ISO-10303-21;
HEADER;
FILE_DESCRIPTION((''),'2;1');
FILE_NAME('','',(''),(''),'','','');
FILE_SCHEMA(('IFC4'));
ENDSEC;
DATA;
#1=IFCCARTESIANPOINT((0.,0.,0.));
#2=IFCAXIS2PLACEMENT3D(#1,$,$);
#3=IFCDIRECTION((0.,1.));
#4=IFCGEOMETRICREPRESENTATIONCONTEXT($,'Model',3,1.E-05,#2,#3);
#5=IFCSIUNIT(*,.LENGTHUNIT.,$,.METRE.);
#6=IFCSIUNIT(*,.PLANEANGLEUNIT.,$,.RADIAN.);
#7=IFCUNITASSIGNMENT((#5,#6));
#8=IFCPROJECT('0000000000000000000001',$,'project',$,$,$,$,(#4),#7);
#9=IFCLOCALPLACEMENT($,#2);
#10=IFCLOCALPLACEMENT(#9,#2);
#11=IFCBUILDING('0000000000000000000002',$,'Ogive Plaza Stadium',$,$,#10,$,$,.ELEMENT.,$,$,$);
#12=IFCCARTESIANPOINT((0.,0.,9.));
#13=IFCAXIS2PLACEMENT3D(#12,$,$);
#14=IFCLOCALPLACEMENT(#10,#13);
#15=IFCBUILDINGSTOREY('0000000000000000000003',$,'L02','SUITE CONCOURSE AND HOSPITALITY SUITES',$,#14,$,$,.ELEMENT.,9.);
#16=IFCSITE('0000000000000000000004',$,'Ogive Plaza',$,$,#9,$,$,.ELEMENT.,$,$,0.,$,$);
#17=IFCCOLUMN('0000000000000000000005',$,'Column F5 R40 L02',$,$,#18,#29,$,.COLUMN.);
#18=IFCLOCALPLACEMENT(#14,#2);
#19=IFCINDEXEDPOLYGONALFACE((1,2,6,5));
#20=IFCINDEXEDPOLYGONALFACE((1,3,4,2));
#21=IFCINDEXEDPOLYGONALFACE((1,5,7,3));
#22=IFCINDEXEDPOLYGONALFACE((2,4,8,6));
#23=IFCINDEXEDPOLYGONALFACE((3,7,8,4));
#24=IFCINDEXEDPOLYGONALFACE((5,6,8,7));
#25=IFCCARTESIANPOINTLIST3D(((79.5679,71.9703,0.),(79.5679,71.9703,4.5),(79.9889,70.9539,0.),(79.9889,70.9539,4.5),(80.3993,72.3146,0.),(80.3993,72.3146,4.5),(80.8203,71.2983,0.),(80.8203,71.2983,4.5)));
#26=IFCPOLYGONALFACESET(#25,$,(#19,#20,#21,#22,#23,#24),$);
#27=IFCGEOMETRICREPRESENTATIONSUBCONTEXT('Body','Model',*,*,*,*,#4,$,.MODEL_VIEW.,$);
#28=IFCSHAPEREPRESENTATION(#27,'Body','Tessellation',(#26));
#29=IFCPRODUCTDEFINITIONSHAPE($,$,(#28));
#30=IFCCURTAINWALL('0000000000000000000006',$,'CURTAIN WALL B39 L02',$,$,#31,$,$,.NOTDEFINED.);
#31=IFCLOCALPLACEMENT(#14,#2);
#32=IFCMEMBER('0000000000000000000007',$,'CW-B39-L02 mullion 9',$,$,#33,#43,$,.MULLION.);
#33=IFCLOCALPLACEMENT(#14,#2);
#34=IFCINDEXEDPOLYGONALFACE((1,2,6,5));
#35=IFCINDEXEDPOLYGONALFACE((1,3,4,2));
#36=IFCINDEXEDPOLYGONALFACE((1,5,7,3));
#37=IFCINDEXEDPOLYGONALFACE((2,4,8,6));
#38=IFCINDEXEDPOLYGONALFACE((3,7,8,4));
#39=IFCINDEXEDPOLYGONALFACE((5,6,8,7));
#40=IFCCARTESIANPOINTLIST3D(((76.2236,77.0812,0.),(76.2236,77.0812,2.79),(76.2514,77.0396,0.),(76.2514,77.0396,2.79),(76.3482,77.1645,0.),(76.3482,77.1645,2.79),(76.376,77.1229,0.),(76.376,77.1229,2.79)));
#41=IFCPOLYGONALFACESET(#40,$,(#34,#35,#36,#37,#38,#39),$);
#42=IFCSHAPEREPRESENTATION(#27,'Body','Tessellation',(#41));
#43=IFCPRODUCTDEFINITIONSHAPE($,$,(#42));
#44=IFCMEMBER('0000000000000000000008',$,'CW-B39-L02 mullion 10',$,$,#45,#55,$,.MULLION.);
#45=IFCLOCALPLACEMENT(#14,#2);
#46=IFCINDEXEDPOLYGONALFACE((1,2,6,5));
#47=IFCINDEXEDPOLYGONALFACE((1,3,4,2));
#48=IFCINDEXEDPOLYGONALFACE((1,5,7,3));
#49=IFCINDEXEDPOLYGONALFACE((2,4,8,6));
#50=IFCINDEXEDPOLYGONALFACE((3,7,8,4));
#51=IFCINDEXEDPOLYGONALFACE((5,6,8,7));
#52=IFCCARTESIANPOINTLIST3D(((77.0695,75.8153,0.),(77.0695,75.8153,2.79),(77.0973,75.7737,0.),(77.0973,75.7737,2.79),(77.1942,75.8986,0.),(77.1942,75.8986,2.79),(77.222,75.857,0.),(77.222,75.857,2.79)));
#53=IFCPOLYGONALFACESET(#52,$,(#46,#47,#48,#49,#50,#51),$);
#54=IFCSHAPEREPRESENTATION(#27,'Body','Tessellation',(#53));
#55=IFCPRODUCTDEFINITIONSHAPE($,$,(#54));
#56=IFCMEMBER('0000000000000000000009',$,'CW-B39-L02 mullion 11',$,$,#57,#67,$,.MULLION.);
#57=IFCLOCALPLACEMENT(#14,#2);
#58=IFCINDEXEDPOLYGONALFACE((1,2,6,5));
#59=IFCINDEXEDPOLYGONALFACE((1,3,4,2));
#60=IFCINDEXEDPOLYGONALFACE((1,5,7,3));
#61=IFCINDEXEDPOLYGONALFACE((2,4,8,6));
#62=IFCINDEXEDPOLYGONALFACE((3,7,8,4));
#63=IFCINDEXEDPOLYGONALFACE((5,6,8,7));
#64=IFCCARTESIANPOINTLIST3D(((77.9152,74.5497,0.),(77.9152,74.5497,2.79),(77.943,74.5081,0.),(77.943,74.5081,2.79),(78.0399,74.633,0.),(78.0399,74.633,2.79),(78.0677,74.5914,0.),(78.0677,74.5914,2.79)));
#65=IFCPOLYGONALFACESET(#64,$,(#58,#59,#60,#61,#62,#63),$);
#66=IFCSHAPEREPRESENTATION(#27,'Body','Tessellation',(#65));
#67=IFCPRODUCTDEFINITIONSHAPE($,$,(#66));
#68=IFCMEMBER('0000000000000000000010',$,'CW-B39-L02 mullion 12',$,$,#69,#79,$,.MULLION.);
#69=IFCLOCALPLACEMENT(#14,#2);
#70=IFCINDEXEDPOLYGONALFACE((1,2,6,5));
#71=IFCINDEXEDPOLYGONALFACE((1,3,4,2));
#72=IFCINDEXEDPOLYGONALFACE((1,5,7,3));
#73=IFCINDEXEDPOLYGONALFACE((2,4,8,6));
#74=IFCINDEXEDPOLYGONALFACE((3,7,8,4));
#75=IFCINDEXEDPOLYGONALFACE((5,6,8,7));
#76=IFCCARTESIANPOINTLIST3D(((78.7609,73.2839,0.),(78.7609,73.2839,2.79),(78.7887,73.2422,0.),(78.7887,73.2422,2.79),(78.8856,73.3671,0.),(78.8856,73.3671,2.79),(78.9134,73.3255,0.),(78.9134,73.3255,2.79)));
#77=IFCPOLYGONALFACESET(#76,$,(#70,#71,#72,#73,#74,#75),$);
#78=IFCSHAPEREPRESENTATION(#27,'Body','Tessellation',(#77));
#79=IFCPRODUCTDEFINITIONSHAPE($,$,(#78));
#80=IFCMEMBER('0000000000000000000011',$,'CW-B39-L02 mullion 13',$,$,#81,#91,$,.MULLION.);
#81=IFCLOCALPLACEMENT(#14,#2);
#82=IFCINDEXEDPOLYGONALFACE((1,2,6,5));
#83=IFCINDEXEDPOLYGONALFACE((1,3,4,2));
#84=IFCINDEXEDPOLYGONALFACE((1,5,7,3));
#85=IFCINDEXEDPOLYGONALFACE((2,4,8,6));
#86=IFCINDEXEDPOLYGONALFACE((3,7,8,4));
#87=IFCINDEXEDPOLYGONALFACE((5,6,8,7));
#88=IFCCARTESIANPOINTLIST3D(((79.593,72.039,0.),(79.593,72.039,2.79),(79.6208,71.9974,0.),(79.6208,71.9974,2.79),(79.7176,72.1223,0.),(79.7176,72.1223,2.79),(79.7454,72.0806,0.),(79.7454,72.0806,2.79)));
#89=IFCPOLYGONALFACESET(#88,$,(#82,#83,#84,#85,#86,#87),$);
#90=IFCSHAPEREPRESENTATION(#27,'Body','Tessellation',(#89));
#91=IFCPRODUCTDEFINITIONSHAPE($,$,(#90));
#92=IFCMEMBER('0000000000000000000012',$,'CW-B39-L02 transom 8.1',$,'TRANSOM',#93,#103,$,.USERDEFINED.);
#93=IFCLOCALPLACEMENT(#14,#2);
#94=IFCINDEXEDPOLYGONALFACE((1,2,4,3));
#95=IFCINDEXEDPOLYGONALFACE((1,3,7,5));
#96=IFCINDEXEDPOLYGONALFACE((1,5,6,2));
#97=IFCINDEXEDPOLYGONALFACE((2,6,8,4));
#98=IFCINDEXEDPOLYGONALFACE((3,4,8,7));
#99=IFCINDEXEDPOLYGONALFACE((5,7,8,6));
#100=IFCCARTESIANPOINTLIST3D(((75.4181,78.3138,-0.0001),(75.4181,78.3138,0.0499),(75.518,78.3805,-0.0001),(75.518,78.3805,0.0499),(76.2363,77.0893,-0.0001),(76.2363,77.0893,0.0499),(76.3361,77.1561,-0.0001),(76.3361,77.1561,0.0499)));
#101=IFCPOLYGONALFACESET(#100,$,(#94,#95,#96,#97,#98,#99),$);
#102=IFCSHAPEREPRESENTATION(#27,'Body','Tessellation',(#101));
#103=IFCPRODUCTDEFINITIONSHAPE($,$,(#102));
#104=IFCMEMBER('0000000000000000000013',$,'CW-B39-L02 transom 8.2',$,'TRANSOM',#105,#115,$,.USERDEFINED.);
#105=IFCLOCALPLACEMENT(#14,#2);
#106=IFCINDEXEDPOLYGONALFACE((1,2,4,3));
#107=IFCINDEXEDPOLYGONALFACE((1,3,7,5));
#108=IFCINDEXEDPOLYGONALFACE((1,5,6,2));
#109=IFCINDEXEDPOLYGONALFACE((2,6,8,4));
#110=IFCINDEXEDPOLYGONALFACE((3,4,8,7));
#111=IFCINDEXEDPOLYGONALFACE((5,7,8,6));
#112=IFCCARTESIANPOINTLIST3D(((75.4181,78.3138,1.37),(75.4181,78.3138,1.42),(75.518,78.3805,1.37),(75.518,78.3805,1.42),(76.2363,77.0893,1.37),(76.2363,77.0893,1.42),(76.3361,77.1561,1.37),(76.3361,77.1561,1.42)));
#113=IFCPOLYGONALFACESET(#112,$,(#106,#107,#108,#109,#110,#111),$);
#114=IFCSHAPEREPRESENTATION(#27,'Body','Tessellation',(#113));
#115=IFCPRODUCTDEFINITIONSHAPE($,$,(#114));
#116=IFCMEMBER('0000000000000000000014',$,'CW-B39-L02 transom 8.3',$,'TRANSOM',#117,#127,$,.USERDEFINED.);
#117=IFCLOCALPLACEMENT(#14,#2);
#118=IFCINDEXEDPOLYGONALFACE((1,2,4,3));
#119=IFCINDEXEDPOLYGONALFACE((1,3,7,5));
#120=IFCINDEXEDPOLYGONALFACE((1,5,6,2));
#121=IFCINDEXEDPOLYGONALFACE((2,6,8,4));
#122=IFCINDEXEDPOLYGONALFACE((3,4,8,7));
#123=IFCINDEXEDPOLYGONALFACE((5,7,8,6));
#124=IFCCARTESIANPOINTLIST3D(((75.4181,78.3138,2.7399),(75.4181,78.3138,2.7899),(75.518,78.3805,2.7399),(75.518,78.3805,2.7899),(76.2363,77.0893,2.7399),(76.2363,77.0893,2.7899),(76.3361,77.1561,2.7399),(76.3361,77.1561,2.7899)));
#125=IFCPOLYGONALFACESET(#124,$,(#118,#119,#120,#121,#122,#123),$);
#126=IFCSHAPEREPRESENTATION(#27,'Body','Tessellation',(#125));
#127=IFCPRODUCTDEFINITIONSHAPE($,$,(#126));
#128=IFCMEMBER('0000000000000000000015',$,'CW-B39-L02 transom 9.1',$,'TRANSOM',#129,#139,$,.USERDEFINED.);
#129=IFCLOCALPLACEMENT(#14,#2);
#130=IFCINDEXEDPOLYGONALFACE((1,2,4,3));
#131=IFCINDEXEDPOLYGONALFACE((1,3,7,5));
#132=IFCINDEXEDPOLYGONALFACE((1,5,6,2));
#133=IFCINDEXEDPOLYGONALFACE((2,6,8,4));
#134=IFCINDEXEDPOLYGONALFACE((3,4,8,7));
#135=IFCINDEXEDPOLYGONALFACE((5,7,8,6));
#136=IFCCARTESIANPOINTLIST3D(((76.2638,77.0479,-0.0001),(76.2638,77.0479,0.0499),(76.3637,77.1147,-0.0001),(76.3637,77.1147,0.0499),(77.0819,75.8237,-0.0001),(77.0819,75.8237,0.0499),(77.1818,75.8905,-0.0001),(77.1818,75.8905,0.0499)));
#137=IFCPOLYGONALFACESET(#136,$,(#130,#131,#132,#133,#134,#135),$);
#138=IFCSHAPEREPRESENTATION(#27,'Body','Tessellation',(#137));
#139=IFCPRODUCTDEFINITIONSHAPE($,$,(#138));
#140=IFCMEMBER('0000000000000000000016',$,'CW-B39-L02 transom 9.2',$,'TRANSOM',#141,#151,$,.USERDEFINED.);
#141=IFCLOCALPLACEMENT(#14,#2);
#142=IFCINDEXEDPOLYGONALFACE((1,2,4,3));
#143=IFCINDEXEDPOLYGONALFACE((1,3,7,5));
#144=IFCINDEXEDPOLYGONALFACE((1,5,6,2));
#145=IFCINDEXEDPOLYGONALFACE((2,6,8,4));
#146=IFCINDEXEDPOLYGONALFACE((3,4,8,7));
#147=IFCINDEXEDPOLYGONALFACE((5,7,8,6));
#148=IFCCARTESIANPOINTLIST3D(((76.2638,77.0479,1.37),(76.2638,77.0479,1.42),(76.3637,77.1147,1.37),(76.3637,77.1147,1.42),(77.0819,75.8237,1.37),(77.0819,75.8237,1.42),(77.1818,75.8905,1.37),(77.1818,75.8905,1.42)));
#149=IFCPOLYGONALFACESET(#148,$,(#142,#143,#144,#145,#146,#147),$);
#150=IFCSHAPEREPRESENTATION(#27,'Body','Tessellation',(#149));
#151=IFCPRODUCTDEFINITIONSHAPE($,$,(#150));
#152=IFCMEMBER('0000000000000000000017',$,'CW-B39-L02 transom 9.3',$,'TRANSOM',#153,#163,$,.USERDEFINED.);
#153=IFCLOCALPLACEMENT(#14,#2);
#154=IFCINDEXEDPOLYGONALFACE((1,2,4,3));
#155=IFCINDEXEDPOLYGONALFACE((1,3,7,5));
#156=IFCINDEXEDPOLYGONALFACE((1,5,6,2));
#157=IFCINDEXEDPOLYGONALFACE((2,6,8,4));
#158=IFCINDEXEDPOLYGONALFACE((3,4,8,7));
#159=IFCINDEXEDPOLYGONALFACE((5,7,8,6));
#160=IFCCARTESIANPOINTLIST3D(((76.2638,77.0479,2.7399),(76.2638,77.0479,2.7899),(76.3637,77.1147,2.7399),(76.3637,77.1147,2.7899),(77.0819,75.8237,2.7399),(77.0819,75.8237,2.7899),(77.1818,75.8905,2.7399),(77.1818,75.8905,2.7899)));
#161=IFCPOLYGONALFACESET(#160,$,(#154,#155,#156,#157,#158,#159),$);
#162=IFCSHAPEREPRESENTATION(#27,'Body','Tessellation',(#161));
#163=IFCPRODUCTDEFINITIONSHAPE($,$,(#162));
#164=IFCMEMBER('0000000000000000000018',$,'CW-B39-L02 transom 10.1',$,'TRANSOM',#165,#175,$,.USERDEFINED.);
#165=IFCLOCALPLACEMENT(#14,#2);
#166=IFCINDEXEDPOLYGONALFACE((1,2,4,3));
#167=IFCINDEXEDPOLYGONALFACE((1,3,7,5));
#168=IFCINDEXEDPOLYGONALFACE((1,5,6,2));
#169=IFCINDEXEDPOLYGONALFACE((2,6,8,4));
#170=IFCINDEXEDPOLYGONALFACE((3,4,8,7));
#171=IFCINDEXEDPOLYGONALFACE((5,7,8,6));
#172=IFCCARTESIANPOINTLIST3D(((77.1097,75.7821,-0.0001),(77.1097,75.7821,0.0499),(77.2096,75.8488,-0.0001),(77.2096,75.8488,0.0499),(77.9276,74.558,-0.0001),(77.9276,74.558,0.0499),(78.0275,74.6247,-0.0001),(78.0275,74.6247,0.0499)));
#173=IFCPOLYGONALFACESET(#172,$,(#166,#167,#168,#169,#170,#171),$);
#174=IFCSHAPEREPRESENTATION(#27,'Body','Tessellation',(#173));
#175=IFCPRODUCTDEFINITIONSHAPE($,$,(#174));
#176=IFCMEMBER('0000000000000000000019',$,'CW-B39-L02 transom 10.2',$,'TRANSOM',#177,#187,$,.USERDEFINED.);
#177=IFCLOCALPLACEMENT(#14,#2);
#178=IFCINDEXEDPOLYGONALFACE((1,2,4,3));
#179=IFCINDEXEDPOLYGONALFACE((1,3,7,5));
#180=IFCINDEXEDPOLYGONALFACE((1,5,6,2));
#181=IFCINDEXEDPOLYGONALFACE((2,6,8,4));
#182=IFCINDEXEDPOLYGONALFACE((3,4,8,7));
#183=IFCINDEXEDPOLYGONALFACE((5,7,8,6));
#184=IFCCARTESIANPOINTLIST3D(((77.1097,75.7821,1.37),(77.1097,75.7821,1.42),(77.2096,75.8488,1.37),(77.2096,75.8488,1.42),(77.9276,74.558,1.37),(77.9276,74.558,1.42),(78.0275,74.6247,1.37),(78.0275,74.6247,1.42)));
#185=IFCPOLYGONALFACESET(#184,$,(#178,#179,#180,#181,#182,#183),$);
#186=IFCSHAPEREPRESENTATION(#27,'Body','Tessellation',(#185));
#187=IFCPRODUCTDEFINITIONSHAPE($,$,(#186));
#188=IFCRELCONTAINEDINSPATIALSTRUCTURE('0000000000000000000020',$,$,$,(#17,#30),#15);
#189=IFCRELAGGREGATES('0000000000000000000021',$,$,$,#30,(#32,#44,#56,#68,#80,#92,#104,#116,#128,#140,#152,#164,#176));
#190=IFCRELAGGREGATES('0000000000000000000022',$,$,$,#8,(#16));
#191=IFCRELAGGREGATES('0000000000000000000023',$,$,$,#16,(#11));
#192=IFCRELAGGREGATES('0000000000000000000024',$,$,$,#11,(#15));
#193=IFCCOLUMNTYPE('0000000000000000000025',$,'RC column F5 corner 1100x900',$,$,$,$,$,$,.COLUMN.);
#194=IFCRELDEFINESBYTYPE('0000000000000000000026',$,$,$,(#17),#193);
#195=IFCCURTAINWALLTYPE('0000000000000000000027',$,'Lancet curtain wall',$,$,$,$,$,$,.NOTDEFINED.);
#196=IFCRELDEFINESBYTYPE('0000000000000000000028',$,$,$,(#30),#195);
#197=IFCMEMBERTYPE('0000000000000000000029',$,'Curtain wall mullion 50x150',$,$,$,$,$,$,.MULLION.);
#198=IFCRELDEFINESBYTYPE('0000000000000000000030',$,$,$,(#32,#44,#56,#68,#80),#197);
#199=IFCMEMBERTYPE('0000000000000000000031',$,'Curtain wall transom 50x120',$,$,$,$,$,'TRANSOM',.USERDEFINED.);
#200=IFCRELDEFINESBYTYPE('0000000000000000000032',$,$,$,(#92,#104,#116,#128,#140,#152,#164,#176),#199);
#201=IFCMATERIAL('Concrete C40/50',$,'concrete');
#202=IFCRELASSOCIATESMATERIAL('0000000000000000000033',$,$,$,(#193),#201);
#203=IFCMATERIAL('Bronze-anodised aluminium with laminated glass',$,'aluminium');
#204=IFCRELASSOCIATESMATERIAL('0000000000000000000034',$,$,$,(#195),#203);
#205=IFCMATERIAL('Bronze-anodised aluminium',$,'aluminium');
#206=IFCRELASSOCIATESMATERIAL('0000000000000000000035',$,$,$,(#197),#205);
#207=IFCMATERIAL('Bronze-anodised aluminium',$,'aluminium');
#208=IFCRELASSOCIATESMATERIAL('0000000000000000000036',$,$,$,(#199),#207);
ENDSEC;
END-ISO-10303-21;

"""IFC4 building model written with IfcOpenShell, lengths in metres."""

from ifc_helpers import new_model, si_unit, direction, frame, origin, origin_2d, place, context, subcontext, project, spatial, rectangle, extrude, material, material_profile, profile_set, type_object, element, aggregate, save


model = new_model("IFC4")

# Units and contexts
model_context = context("Model", 3, precision=1e-05, world=origin(), true_north=direction((0.0, 1.0)))
body_context = subcontext(model_context, "Body", "Model", "MODEL_VIEW")
ifc_project = project(units=[si_unit("LENGTHUNIT", "METRE"), si_unit("PLANEANGLEUNIT", "RADIAN")], contexts=[model_context])

# Site, building, storey
site_placement = place(None, origin())
site = spatial("IfcSite", under=ifc_project, at=site_placement, Name="Ogive Plaza", CompositionType="ELEMENT", RefElevation=0.0)
building_placement = place(site_placement, origin())
building = spatial("IfcBuilding", under=site, at=building_placement, Name="Ogive Plaza Stadium", CompositionType="ELEMENT")
storey_placement = place(building_placement, frame((0.0, 0.0, 9.0)))
storey = spatial("IfcBuildingStorey", under=building, at=storey_placement, Name="L02", Description="SUITE CONCOURSE AND HOSPITALITY SUITES", CompositionType="ELEMENT", Elevation=9.0)

# Column
ifc_material_1 = material(Name="Concrete C40/50", Category="concrete")
ifc_material_profile_1 = material_profile(ifc_material_1, rectangle(XDim=1.1001, YDim=0.8999, at=origin_2d()), Name="RC 1100x900")
ifc_profile_set_1 = profile_set([ifc_material_profile_1], Name="Concrete C40/50")
column_type = type_object("IfcColumnType", Name="RC column F5 corner 1100x900", PredefinedType="COLUMN", material=ifc_profile_set_1)
column_placement = place(storey_placement, frame((80.1941, 71.6343, 0.0), z_axis=(0.0, 0.0, 1.0), x_axis=(-0.382683, 0.92388, 0.0)))
element("IfcColumn", 1, at=column_placement, inside=storey, type_object=column_type, Name="Column F5 R40 L02", PredefinedType="COLUMN", context=body_context, shape_type="SweptSolid", body=[
    extrude(rectangle(XDim=1.1001, YDim=0.8999, at=origin_2d()), origin(), (0.0, 0.0, 1.0), 4.5),
])

# Curtain wall, members
ifc_material_2 = material(Name="Bronze-anodised aluminium with laminated glass", Category="aluminium")
curtain_wall_type = type_object("IfcCurtainWallType", Name="Lancet curtain wall", PredefinedType="NOTDEFINED", material=ifc_material_2)
curtain_wall_placement = place(storey_placement, origin())
curtain_wall = element("IfcCurtainWall", 2, at=curtain_wall_placement, inside=storey, type_object=curtain_wall_type, Name="CURTAIN WALL B39 L02", PredefinedType="NOTDEFINED")
ifc_material_3 = material(Name="Bronze-anodised aluminium", Category="aluminium")
ifc_material_profile_2 = material_profile(ifc_material_3, rectangle(XDim=0.1499, YDim=0.05, at=origin_2d()), Name="AL 150x50")
ifc_profile_set_2 = profile_set([ifc_material_profile_2], Name="Bronze-anodised aluminium")
member_type_1 = type_object("IfcMemberType", Name="Curtain wall mullion 50x150", PredefinedType="MULLION", material=ifc_profile_set_2)
member_1_placement = place(storey_placement, frame((76.2998, 77.1021, 0.0), z_axis=(0.0, 0.0, 1.0), x_axis=(0.83147, 0.55557, 0.0)))
member_1 = element("IfcMember", 3, at=member_1_placement, type_object=member_type_1, Name="CW-B39-L02 mullion 9", PredefinedType="MULLION", context=body_context, shape_type="SweptSolid", body=[
    extrude(rectangle(XDim=0.1499, YDim=0.05, at=origin_2d()), origin(), (0.0, 0.0, 1.0), 2.79),
])
member_2_placement = place(storey_placement, frame((77.1458, 75.8362, 0.0), z_axis=(0.0, 0.0, 1.0), x_axis=(0.83147, 0.55557, 0.0)))
member_2 = element("IfcMember", 4, at=member_2_placement, type_object=member_type_1, Name="CW-B39-L02 mullion 10", PredefinedType="MULLION", context=body_context, shape_type="SweptSolid", body=[
    extrude(rectangle(XDim=0.1499, YDim=0.05, at=origin_2d()), origin(), (0.0, 0.0, 1.0), 2.79),
])
member_3_placement = place(storey_placement, frame((77.9915, 74.5706, 0.0), z_axis=(0.0, 0.0, 1.0), x_axis=(0.83147, 0.55557, 0.0)))
member_3 = element("IfcMember", 5, at=member_3_placement, type_object=member_type_1, Name="CW-B39-L02 mullion 11", PredefinedType="MULLION", context=body_context, shape_type="SweptSolid", body=[
    extrude(rectangle(XDim=0.1499, YDim=0.05, at=origin_2d()), origin(), (0.0, 0.0, 1.0), 2.79),
])
member_4_placement = place(storey_placement, frame((78.8372, 73.3047, 0.0), z_axis=(0.0, 0.0, 1.0), x_axis=(0.83147, 0.55557, 0.0)))
member_4 = element("IfcMember", 6, at=member_4_placement, type_object=member_type_1, Name="CW-B39-L02 mullion 12", PredefinedType="MULLION", context=body_context, shape_type="SweptSolid", body=[
    extrude(rectangle(XDim=0.1499, YDim=0.05, at=origin_2d()), origin(), (0.0, 0.0, 1.0), 2.79),
])
member_5_placement = place(storey_placement, frame((79.6692, 72.0598, 0.0), z_axis=(0.0, 0.0, 1.0), x_axis=(0.83147, 0.55557, 0.0)))
member_5 = element("IfcMember", 7, at=member_5_placement, type_object=member_type_1, Name="CW-B39-L02 mullion 13", PredefinedType="MULLION", context=body_context, shape_type="SweptSolid", body=[
    extrude(rectangle(XDim=0.1499, YDim=0.05, at=origin_2d()), origin(), (0.0, 0.0, 1.0), 2.79),
])
ifc_material_4 = material(Name="Bronze-anodised aluminium", Category="aluminium")
ifc_material_profile_3 = material_profile(ifc_material_4, rectangle(XDim=0.1201, YDim=0.05, at=origin_2d()), Name="AL 120x50")
ifc_profile_set_3 = profile_set([ifc_material_profile_3], Name="Bronze-anodised aluminium")
member_type_2 = type_object("IfcMemberType", Name="Curtain wall transom 50x120", ElementType="TRANSOM", PredefinedType="USERDEFINED", material=ifc_profile_set_3)
member_6_placement = place(storey_placement, frame((75.468, 78.3472, 0.0249), z_axis=(0.55558, -0.831463, 0.0), x_axis=(0.831463, 0.55558, 0.0)))
member_6 = element("IfcMember", 8, at=member_6_placement, type_object=member_type_2, Name="CW-B39-L02 transom 8.1", ObjectType="TRANSOM", PredefinedType="USERDEFINED", context=body_context, shape_type="SweptSolid", body=[
    extrude(rectangle(XDim=0.1201, YDim=0.05, at=origin_2d()), origin(), (0.0, 0.0, 1.0), 1.4727),
])
member_7_placement = place(storey_placement, frame((75.468, 78.3472, 1.395), z_axis=(0.55558, -0.831463, 0.0), x_axis=(0.831463, 0.55558, 0.0)))
member_7 = element("IfcMember", 9, at=member_7_placement, type_object=member_type_2, Name="CW-B39-L02 transom 8.2", ObjectType="TRANSOM", PredefinedType="USERDEFINED", context=body_context, shape_type="SweptSolid", body=[
    extrude(rectangle(XDim=0.1201, YDim=0.05, at=origin_2d()), origin(), (0.0, 0.0, 1.0), 1.4727),
])
member_8_placement = place(storey_placement, frame((75.468, 78.3472, 2.7649), z_axis=(0.55558, -0.831463, 0.0), x_axis=(0.831463, 0.55558, 0.0)))
member_8 = element("IfcMember", 10, at=member_8_placement, type_object=member_type_2, Name="CW-B39-L02 transom 8.3", ObjectType="TRANSOM", PredefinedType="USERDEFINED", context=body_context, shape_type="SweptSolid", body=[
    extrude(rectangle(XDim=0.1201, YDim=0.05, at=origin_2d()), origin(), (0.0, 0.0, 1.0), 1.4727),
])
member_9_placement = place(storey_placement, frame((76.3137, 77.0813, 0.0249), z_axis=(0.555656, -0.831412, 0.0), x_axis=(0.831412, 0.555656, 0.0)))
member_9 = element("IfcMember", 11, at=member_9_placement, type_object=member_type_2, Name="CW-B39-L02 transom 9.1", ObjectType="TRANSOM", PredefinedType="USERDEFINED", context=body_context, shape_type="SweptSolid", body=[
    extrude(rectangle(XDim=0.1201, YDim=0.05, at=origin_2d()), origin(), (0.0, 0.0, 1.0), 1.4724),
])
member_10_placement = place(storey_placement, frame((76.3137, 77.0813, 1.395), z_axis=(0.555656, -0.831412, 0.0), x_axis=(0.831412, 0.555656, 0.0)))
member_10 = element("IfcMember", 12, at=member_10_placement, type_object=member_type_2, Name="CW-B39-L02 transom 9.2", ObjectType="TRANSOM", PredefinedType="USERDEFINED", context=body_context, shape_type="SweptSolid", body=[
    extrude(rectangle(XDim=0.1201, YDim=0.05, at=origin_2d()), origin(), (0.0, 0.0, 1.0), 1.4724),
])
member_11_placement = place(storey_placement, frame((76.3137, 77.0813, 2.7649), z_axis=(0.555656, -0.831412, 0.0), x_axis=(0.831412, 0.555656, 0.0)))
member_11 = element("IfcMember", 13, at=member_11_placement, type_object=member_type_2, Name="CW-B39-L02 transom 9.3", ObjectType="TRANSOM", PredefinedType="USERDEFINED", context=body_context, shape_type="SweptSolid", body=[
    extrude(rectangle(XDim=0.1201, YDim=0.05, at=origin_2d()), origin(), (0.0, 0.0, 1.0), 1.4724),
])
member_12_placement = place(storey_placement, frame((77.1597, 75.8154, 0.0249), z_axis=(0.555542, -0.831489, 0.0), x_axis=(0.831489, 0.555542, 0.0)))
member_12 = element("IfcMember", 14, at=member_12_placement, type_object=member_type_2, Name="CW-B39-L02 transom 10.1", ObjectType="TRANSOM", PredefinedType="USERDEFINED", context=body_context, shape_type="SweptSolid", body=[
    extrude(rectangle(XDim=0.1201, YDim=0.05, at=origin_2d()), origin(), (0.0, 0.0, 1.0), 1.4722),
])
member_13_placement = place(storey_placement, frame((77.1597, 75.8154, 1.395), z_axis=(0.555542, -0.831489, 0.0), x_axis=(0.831489, 0.555542, 0.0)))
member_13 = element("IfcMember", 15, at=member_13_placement, type_object=member_type_2, Name="CW-B39-L02 transom 10.2", ObjectType="TRANSOM", PredefinedType="USERDEFINED", context=body_context, shape_type="SweptSolid", body=[
    extrude(rectangle(XDim=0.1201, YDim=0.05, at=origin_2d()), origin(), (0.0, 0.0, 1.0), 1.4722),
])
aggregate(curtain_wall, [member_1, member_2, member_3, member_4, member_5, member_6, member_7, member_8, member_9, member_10, member_11, member_12, member_13])

save(model, "model.ifc")
